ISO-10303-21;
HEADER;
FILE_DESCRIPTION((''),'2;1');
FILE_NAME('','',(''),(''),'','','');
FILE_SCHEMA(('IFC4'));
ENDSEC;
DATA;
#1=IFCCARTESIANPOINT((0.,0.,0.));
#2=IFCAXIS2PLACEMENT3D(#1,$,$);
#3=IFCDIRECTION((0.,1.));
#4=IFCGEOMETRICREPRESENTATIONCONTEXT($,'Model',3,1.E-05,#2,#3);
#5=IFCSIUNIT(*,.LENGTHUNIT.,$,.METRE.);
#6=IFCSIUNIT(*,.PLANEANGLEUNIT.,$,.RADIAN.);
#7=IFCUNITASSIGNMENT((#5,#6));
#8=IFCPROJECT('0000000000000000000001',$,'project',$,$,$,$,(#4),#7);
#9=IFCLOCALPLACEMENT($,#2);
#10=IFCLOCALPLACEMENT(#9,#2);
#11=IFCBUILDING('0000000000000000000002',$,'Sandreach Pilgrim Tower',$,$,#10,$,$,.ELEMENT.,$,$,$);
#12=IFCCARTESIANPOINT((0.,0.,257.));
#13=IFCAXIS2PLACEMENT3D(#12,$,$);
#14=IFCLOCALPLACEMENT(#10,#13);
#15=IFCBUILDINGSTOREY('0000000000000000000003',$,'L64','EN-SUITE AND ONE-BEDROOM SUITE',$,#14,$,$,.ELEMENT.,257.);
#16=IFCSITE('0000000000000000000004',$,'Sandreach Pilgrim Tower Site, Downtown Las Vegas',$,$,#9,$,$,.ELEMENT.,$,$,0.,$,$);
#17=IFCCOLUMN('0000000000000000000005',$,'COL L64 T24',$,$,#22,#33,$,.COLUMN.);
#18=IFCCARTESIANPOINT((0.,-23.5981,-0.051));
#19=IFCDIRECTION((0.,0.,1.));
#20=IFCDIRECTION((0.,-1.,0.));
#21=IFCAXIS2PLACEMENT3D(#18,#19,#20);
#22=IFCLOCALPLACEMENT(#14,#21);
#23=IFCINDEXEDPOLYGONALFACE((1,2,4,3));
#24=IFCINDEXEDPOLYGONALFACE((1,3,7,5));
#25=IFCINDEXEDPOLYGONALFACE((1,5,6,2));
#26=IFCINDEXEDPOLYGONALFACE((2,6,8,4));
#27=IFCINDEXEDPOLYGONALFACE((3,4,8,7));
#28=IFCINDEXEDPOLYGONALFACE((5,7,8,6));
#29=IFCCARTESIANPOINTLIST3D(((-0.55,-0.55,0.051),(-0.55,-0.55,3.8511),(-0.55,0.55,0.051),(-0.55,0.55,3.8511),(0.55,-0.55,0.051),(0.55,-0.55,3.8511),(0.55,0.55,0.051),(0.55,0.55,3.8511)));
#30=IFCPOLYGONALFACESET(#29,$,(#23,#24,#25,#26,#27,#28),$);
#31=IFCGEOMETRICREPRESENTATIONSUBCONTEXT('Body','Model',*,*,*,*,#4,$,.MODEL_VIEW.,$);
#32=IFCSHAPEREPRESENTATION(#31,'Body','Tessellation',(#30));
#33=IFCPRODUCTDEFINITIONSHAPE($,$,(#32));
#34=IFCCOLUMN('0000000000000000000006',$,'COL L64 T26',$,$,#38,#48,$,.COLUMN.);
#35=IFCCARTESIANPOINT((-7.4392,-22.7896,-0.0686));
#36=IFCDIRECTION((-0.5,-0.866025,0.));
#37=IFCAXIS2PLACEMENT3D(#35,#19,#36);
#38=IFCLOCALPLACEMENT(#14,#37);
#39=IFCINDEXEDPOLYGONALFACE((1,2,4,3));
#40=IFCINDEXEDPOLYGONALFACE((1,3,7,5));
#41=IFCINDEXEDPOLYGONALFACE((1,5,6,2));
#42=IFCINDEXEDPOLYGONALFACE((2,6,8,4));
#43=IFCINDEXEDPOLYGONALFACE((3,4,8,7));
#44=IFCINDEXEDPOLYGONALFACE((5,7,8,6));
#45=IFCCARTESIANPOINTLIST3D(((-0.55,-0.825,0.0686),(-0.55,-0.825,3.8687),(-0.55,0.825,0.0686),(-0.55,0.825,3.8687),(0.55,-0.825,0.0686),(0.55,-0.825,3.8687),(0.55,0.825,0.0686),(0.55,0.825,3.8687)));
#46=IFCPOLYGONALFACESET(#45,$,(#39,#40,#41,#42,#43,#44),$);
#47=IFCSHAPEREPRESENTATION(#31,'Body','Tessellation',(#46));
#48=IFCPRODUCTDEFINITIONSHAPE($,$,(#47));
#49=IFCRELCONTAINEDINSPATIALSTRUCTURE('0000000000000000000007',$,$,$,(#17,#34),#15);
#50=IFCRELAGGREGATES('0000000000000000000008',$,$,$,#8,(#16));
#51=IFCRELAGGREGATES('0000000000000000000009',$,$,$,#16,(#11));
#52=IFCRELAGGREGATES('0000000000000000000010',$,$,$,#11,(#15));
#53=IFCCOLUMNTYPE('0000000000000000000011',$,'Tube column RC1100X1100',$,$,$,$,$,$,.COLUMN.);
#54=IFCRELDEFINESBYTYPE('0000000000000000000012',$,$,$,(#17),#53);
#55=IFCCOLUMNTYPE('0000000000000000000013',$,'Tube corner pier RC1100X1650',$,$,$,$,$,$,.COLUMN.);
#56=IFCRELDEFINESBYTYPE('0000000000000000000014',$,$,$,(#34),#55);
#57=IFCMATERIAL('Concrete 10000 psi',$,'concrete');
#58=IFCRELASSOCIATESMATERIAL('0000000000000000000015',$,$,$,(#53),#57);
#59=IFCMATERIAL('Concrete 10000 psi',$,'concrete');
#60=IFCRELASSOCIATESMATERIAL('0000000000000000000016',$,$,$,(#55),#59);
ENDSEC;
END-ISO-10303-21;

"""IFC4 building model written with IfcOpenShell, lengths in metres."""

from ifc_helpers import new_model, si_unit, direction, frame, origin, origin_2d, place, context, subcontext, project, spatial, rectangle, extrude, clip, halfspace, material, material_profile, profile_set, type_object, element, save


model = new_model("IFC4")

# Units and contexts
model_context = context("Model", 3, precision=1e-05, world=origin(), true_north=direction((0.0, 1.0)))
body_context = subcontext(model_context, "Body", "Model", "MODEL_VIEW")
ifc_project = project(units=[si_unit("LENGTHUNIT", "METRE"), si_unit("PLANEANGLEUNIT", "RADIAN")], contexts=[model_context])

# Site, building, storey
site_placement = place(None, origin())
site = spatial("IfcSite", under=ifc_project, at=site_placement, Name="Sandreach Pilgrim Tower Site, Downtown Las Vegas", CompositionType="ELEMENT", RefElevation=0.0)
building_placement = place(site_placement, origin())
building = spatial("IfcBuilding", under=site, at=building_placement, Name="Sandreach Pilgrim Tower", CompositionType="ELEMENT")
storey_placement = place(building_placement, frame((0.0, 0.0, 257.0)))
storey = spatial("IfcBuildingStorey", under=building, at=storey_placement, Name="L64", Description="EN-SUITE AND ONE-BEDROOM SUITE", CompositionType="ELEMENT", Elevation=257.0)

# Columns
ifc_material_1 = material(Name="Concrete 10000 psi", Category="concrete")
ifc_material_profile_1 = material_profile(ifc_material_1, rectangle(XDim=1.1001, YDim=1.1001, at=origin_2d()), Name="RC1100X1100")
ifc_profile_set_1 = profile_set([ifc_material_profile_1], Name="Concrete 10000 psi")
column_type_1 = type_object("IfcColumnType", Name="Tube column RC1100X1100", PredefinedType="COLUMN", material=ifc_profile_set_1)
column_1_placement = place(storey_placement, frame((0.0, -23.5981, -0.051), z_axis=(0.0, 0.0, 1.0), x_axis=(0.0, -1.0, 0.0)))
element("IfcColumn", 1, at=column_1_placement, inside=storey, type_object=column_type_1, Name="COL L64 T24", PredefinedType="COLUMN", context=body_context, shape_type="SweptSolid", body=[
    clip(extrude(rectangle(XDim=1.1001, YDim=1.1001, at=origin_2d()), origin(), (0.0, 0.0, 1.0), 3.8511), halfspace(frame((0.0, 0.0, 0.051)), True)),
])
ifc_material_2 = material(Name="Concrete 10000 psi", Category="concrete")
ifc_material_profile_2 = material_profile(ifc_material_2, rectangle(XDim=1.1001, YDim=1.6499, at=origin_2d()), Name="RC1100X1650")
ifc_profile_set_2 = profile_set([ifc_material_profile_2], Name="Concrete 10000 psi")
column_type_2 = type_object("IfcColumnType", Name="Tube corner pier RC1100X1650", PredefinedType="COLUMN", material=ifc_profile_set_2)
column_2_placement = place(storey_placement, frame((-7.4392, -22.7896, -0.0686), z_axis=(0.0, 0.0, 1.0), x_axis=(-0.5, -0.866025, 0.0)))
element("IfcColumn", 2, at=column_2_placement, inside=storey, type_object=column_type_2, Name="COL L64 T26", PredefinedType="COLUMN", context=body_context, shape_type="SweptSolid", body=[
    clip(extrude(rectangle(XDim=1.1001, YDim=1.6499, at=origin_2d()), origin(), (0.0, 0.0, 1.0), 3.8687), halfspace(frame((0.0, 0.0, 0.0686)), True)),
])

save(model, "model.ifc")
